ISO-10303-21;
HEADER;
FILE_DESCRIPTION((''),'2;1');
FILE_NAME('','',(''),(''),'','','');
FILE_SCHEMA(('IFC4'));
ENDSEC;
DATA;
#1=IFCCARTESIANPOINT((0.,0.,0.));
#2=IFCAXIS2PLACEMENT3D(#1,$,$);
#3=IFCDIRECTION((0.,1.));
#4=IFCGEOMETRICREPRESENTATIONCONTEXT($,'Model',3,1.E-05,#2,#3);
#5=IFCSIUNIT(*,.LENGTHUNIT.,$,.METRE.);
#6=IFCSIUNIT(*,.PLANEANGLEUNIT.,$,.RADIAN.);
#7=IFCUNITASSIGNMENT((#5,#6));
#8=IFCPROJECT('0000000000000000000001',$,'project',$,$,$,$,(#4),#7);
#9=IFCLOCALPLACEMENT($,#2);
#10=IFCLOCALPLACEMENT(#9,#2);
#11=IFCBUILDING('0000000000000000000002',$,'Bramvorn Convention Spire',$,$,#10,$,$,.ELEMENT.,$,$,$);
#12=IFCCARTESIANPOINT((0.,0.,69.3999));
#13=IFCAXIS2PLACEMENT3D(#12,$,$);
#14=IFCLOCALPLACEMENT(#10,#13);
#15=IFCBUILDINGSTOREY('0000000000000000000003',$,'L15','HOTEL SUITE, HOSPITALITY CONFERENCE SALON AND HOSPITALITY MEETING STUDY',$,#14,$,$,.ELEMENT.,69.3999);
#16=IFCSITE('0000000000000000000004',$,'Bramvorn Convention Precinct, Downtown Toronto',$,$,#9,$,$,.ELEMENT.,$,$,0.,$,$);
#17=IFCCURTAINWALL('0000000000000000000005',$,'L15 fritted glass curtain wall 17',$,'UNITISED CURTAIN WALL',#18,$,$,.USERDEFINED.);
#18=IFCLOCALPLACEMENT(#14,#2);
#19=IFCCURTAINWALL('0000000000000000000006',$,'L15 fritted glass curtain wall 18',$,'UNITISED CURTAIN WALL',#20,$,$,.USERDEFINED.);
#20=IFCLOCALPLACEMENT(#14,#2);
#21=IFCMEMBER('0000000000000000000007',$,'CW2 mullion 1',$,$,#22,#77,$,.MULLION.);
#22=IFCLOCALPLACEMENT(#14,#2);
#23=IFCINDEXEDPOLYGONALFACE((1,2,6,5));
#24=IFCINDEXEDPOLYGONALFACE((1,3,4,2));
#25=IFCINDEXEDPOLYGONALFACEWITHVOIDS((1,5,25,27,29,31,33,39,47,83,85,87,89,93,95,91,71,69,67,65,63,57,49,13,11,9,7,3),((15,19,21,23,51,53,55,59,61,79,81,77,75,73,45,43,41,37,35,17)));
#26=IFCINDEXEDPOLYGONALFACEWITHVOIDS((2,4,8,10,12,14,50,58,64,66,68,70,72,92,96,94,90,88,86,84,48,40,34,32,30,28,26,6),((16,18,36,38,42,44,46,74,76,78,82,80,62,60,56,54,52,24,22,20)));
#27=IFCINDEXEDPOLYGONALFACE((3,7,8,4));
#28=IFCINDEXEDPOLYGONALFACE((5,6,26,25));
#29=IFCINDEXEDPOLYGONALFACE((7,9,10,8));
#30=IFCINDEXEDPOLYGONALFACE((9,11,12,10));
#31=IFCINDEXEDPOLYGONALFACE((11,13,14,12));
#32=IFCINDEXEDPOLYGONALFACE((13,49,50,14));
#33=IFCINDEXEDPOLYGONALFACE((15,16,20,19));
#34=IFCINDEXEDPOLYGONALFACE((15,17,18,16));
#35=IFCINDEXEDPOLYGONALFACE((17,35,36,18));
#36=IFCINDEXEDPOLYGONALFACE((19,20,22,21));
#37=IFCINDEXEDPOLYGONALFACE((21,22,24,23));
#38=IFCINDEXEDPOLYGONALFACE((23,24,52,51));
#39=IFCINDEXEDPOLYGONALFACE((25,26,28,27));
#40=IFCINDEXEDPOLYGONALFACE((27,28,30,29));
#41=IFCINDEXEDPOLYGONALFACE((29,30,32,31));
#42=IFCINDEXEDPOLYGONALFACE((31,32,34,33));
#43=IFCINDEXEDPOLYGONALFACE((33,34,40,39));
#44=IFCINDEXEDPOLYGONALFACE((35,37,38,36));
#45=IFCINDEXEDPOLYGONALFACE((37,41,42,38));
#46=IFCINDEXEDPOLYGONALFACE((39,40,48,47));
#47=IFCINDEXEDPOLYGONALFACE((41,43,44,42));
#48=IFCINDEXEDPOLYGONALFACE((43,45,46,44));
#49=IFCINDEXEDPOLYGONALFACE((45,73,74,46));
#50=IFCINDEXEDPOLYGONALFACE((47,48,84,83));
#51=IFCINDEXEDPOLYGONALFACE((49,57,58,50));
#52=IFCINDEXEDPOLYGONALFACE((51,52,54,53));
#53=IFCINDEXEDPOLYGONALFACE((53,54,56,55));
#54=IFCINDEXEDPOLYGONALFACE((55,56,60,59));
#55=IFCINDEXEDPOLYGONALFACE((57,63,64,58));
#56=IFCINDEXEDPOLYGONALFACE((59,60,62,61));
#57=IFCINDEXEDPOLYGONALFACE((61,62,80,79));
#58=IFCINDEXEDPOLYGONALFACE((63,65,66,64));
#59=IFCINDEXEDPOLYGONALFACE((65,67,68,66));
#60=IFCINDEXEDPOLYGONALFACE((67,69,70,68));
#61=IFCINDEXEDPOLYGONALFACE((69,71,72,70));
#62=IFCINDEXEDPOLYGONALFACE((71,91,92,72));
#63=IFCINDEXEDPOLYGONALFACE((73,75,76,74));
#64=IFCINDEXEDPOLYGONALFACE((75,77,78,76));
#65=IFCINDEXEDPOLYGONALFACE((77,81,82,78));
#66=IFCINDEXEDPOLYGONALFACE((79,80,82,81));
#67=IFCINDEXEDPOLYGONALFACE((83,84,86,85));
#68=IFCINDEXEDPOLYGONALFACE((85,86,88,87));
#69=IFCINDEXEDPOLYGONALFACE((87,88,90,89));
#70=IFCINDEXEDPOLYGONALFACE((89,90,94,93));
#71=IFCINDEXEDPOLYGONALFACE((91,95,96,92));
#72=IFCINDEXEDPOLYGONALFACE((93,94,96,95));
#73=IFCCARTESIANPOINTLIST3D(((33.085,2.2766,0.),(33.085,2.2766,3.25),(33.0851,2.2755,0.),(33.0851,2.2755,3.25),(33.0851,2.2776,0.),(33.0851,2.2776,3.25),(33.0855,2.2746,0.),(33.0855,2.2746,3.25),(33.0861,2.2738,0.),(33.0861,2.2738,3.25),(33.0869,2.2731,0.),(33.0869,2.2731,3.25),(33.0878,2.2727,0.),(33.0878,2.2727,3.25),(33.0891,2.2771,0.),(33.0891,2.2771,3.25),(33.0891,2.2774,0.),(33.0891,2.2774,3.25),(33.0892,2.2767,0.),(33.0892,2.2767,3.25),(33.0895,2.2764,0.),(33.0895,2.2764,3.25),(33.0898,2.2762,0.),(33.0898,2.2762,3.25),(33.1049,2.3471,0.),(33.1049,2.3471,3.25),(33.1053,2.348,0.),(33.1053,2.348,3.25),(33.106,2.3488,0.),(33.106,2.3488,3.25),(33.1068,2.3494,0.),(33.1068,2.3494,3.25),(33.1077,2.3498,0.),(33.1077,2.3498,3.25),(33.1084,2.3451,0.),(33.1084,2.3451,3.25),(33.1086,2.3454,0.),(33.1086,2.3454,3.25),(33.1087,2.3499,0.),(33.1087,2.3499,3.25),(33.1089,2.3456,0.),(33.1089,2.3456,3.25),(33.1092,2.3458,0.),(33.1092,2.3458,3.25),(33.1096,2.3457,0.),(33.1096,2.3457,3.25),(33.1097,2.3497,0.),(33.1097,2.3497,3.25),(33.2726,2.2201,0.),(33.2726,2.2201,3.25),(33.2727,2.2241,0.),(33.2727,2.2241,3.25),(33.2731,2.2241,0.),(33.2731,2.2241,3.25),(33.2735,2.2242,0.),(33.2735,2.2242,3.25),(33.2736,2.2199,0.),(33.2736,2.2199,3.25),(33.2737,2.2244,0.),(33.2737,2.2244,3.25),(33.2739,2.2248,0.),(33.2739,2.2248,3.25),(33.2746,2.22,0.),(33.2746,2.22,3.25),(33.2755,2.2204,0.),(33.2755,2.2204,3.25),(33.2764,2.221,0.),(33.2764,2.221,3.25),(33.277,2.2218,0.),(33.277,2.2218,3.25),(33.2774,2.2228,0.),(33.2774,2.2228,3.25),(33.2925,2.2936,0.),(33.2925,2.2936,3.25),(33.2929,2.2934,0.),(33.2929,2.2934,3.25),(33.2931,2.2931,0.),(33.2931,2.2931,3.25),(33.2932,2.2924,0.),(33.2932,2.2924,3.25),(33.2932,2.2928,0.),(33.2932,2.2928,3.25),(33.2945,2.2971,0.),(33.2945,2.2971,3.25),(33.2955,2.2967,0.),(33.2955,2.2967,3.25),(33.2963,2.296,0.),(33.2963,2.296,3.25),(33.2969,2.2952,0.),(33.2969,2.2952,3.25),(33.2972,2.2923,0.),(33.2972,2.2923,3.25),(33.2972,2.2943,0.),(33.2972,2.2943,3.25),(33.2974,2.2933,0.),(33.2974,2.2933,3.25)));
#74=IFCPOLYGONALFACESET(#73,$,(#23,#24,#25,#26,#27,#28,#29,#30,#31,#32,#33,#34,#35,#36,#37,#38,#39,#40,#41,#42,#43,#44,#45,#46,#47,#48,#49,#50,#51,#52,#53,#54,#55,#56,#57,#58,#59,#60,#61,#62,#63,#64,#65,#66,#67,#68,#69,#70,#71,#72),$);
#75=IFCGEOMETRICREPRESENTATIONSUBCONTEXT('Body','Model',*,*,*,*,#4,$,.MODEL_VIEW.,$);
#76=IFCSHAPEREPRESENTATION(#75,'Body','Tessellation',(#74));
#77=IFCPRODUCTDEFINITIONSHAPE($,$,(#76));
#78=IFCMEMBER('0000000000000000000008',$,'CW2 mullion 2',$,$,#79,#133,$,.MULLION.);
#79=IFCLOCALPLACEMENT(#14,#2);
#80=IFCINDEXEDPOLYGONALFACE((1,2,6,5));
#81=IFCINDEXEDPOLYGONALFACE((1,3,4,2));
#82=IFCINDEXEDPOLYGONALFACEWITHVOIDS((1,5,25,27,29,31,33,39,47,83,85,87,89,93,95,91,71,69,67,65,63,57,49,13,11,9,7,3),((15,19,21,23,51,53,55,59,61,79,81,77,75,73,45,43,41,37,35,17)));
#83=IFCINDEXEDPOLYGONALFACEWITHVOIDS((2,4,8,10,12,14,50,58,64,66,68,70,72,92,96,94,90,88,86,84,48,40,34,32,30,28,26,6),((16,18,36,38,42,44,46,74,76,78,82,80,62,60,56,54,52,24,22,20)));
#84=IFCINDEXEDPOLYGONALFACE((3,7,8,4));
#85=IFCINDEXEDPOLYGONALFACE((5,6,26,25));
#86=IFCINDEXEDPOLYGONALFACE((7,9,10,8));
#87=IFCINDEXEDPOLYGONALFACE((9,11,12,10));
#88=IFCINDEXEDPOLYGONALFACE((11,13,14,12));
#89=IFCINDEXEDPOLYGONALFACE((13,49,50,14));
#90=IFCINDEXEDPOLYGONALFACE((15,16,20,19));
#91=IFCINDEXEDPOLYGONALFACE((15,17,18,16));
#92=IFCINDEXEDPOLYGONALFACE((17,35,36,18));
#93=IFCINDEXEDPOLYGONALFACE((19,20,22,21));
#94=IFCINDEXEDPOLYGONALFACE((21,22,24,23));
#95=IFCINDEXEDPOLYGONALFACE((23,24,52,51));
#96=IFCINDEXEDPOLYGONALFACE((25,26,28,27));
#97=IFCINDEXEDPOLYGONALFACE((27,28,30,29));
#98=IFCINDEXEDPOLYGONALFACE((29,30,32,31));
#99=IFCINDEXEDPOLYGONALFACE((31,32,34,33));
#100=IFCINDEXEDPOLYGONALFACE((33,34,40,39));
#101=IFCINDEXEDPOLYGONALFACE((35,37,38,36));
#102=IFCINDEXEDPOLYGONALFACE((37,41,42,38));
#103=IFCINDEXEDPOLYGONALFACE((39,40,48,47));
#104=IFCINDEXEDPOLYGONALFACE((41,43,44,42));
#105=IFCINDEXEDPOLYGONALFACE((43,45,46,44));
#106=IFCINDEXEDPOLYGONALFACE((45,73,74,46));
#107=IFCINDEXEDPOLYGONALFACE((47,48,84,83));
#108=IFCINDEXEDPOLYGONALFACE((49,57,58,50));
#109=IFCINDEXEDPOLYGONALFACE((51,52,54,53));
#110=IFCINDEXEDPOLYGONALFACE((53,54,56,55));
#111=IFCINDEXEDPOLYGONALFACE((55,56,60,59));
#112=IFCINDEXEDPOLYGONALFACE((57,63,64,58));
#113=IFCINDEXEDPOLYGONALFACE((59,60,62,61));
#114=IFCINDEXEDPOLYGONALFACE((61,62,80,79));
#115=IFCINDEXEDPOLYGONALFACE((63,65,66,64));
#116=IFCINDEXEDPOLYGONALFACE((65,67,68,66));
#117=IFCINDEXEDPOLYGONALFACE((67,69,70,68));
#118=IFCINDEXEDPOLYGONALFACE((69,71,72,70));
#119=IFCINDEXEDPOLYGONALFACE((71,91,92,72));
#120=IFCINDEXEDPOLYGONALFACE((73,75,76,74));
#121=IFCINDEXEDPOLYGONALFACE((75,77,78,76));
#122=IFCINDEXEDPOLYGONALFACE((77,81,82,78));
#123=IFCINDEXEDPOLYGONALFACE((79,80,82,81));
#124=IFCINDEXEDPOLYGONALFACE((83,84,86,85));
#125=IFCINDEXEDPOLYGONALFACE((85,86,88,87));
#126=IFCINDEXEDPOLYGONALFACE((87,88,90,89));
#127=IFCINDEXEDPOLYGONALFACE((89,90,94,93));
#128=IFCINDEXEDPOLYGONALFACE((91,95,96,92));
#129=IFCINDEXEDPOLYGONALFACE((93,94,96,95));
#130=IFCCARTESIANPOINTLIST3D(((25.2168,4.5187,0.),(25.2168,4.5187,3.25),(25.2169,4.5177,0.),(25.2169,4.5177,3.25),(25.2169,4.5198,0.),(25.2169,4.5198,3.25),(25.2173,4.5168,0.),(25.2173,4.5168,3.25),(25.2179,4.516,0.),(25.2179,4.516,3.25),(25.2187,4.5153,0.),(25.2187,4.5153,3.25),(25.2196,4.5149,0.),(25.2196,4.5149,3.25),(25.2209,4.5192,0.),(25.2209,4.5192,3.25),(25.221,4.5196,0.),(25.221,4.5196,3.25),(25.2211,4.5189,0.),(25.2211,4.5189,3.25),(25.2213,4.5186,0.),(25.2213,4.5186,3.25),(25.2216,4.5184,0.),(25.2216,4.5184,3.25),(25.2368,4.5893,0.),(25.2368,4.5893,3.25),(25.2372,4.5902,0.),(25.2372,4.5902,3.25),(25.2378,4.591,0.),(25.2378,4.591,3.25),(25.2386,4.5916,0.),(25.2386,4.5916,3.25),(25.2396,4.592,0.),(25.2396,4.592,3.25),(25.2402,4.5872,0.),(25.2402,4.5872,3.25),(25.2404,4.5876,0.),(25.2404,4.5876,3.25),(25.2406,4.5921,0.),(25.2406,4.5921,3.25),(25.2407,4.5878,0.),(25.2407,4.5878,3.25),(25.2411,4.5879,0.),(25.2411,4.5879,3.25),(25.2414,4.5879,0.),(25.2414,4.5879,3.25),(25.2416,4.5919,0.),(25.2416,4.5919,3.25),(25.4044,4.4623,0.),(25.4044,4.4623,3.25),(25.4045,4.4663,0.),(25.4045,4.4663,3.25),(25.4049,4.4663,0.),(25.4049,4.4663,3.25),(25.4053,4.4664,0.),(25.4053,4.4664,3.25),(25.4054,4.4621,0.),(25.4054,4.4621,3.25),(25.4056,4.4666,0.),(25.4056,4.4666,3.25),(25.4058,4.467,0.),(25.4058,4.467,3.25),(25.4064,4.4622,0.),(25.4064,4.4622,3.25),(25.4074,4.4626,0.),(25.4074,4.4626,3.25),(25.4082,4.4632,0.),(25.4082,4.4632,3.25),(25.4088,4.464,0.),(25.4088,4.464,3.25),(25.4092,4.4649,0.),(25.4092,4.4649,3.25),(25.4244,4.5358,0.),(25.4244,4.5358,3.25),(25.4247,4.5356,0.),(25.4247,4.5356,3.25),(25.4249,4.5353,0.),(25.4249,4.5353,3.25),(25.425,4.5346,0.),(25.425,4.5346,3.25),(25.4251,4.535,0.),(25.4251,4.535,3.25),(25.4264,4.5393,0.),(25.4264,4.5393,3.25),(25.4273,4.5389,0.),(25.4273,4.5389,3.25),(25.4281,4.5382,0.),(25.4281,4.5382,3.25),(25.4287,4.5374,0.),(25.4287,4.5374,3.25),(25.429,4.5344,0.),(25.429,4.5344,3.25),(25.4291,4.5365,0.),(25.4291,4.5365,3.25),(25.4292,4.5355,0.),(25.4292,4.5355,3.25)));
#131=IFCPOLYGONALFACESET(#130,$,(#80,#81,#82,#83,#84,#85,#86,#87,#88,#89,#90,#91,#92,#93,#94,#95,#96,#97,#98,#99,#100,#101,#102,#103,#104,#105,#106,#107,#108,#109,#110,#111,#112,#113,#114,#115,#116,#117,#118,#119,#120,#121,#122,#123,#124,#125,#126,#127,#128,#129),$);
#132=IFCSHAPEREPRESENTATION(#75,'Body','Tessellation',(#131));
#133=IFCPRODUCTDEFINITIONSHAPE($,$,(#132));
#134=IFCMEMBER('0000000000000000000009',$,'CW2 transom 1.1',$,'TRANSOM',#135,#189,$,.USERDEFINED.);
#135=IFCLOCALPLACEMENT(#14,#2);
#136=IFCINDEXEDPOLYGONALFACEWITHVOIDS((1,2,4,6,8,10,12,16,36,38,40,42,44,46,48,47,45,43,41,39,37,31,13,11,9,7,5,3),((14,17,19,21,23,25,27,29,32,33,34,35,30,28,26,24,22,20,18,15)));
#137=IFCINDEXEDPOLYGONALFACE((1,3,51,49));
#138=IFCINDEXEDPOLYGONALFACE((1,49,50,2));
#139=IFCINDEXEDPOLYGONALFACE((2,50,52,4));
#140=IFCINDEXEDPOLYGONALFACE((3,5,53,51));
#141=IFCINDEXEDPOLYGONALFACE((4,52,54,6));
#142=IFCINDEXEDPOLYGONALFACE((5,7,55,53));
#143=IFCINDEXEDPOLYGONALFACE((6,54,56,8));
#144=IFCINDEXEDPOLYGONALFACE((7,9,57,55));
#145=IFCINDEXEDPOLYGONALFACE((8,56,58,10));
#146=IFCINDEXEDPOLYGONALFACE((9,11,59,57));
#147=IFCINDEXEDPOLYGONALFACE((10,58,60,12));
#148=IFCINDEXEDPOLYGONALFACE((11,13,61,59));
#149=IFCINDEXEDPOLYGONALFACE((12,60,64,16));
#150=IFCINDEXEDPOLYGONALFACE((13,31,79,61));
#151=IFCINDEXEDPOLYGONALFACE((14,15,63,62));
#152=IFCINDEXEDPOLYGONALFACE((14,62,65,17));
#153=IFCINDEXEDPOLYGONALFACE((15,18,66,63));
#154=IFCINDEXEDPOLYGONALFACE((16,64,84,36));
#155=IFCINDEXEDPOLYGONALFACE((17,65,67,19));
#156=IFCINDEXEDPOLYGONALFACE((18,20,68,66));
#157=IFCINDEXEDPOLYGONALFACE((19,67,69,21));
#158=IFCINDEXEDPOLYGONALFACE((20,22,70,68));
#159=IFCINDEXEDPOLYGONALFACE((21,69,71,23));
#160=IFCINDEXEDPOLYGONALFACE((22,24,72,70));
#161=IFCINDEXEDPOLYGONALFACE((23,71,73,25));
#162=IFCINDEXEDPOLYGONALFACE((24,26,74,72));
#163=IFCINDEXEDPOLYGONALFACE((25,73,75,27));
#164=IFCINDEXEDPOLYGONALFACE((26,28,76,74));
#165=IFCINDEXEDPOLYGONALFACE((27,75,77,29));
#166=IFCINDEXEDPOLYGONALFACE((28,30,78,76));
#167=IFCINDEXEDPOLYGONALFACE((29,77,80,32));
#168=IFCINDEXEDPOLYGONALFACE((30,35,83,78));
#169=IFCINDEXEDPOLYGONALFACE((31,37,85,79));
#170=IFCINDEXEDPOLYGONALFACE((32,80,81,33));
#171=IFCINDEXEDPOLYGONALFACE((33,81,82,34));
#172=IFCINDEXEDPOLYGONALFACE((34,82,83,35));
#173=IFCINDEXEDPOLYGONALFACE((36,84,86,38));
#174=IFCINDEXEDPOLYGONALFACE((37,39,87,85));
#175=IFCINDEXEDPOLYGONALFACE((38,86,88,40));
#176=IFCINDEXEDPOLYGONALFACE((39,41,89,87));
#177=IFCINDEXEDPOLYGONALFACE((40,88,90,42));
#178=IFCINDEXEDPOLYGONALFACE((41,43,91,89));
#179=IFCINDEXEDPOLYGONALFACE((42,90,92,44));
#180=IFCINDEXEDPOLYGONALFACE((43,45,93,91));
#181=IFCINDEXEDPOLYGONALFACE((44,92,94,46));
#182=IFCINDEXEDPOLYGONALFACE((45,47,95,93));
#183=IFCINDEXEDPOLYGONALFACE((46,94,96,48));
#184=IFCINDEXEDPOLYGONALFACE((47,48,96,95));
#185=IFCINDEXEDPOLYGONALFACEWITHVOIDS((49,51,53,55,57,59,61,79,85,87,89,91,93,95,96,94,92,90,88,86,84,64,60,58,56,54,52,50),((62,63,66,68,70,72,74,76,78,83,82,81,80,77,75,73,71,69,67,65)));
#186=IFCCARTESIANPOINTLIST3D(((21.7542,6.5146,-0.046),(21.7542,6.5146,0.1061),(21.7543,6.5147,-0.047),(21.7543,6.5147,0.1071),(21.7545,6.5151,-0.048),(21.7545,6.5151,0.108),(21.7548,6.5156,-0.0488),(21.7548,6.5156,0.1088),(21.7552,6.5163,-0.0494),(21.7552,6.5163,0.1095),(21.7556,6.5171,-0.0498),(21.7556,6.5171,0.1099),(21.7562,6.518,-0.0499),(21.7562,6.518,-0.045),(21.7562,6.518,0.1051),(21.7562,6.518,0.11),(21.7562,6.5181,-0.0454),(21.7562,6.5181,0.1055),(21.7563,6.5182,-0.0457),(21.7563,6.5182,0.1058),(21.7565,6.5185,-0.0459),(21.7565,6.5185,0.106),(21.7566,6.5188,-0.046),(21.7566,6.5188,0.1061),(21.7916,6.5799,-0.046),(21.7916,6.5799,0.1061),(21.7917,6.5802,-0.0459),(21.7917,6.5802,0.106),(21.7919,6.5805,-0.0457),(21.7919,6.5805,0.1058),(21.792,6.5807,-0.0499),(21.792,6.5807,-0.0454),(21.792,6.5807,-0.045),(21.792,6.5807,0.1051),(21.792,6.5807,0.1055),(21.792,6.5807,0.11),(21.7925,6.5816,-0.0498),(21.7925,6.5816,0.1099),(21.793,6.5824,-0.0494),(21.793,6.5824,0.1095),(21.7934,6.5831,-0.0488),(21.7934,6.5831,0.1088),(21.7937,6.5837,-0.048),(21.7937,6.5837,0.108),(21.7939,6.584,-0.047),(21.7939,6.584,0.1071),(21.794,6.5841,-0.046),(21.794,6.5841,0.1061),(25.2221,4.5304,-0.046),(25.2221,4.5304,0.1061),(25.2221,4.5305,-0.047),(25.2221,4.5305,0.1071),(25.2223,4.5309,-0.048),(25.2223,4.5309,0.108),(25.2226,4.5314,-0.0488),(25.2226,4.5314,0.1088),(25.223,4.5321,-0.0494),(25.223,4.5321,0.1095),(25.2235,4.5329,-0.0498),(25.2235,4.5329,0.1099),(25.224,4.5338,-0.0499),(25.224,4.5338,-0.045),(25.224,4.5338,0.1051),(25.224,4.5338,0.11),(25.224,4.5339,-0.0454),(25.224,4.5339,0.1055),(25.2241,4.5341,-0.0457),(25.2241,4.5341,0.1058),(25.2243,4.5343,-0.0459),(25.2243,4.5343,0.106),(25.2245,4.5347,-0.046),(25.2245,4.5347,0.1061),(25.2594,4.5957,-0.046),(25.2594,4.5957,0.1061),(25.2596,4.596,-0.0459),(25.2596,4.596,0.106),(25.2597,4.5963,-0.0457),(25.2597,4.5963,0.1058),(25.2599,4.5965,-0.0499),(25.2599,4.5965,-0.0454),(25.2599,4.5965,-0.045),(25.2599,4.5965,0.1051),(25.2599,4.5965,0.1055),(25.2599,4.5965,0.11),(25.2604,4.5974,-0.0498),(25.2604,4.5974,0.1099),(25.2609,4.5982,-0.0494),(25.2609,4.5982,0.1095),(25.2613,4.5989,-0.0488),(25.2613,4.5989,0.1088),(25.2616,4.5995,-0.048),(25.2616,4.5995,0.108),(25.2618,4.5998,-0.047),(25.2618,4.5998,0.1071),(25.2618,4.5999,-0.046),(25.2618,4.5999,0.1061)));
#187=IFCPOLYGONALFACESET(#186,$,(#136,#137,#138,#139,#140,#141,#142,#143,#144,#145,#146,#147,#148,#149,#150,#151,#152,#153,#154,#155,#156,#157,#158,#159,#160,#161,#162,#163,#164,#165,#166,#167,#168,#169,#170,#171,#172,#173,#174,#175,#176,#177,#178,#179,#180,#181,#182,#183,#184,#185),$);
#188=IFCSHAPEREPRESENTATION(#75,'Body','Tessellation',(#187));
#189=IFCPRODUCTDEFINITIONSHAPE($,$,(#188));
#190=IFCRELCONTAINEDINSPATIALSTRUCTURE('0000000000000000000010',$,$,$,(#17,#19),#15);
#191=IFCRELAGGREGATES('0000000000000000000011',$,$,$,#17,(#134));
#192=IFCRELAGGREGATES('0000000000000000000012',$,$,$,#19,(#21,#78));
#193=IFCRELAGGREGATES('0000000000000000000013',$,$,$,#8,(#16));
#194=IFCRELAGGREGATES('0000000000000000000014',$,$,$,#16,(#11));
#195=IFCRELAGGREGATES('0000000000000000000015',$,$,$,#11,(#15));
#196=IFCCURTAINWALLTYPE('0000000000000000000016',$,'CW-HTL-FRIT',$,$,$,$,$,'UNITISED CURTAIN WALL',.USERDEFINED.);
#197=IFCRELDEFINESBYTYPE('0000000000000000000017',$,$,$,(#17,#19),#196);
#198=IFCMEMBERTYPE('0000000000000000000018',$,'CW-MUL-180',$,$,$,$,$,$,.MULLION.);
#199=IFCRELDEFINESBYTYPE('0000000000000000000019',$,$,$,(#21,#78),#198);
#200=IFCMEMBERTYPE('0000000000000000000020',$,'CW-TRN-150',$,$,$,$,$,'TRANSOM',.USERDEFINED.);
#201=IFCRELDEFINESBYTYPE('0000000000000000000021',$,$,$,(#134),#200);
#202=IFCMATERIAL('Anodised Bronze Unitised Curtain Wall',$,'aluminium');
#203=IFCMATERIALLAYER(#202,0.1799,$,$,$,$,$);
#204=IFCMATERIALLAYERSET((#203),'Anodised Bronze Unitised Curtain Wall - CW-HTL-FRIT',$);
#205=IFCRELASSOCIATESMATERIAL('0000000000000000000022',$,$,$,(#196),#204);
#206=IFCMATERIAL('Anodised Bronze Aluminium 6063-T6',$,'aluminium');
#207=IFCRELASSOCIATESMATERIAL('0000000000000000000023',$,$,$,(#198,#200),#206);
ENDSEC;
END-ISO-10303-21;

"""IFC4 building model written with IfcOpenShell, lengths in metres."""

from ifc_helpers import new_model, si_unit, direction, frame, origin, origin_2d, place, context, subcontext, project, spatial, hollow_rectangle, extrude, material, layer, layer_set, material_profile, profile_set, type_object, element, aggregate, save


model = new_model("IFC4")

# Units and contexts
model_context = context("Model", 3, precision=1e-05, world=origin(), true_north=direction((0.0, 1.0)))
body_context = subcontext(model_context, "Body", "Model", "MODEL_VIEW")
ifc_project = project(units=[si_unit("LENGTHUNIT", "METRE"), si_unit("PLANEANGLEUNIT", "RADIAN")], contexts=[model_context])

# Site, building, storey
site_placement = place(None, origin())
site = spatial("IfcSite", under=ifc_project, at=site_placement, Name="Bramvorn Convention Precinct, Downtown Toronto", CompositionType="ELEMENT", RefElevation=0.0)
building_placement = place(site_placement, origin())
building = spatial("IfcBuilding", under=site, at=building_placement, Name="Bramvorn Convention Spire", CompositionType="ELEMENT")
storey_placement = place(building_placement, frame((0.0, 0.0, 69.3999)))
storey = spatial("IfcBuildingStorey", under=building, at=storey_placement, Name="L15", Description="HOTEL SUITE, HOSPITALITY CONFERENCE SALON AND HOSPITALITY MEETING STUDY", CompositionType="ELEMENT", Elevation=69.3999)

# Curtain wall
ifc_material_1 = material(Name="Anodised Bronze Unitised Curtain Wall", Category="aluminium")
ifc_layer_1 = layer(ifc_material_1, 0.1799)
ifc_layer_set_1 = layer_set([ifc_layer_1], Name="Anodised Bronze Unitised Curtain Wall - CW-HTL-FRIT")
curtain_wall_type = type_object("IfcCurtainWallType", Name="CW-HTL-FRIT", ElementType="UNITISED CURTAIN WALL", PredefinedType="USERDEFINED", material=ifc_layer_set_1)
curtain_wall_1_placement = place(storey_placement, origin())
curtain_wall_1 = element("IfcCurtainWall", 1, at=curtain_wall_1_placement, inside=storey, type_object=curtain_wall_type, Name="L15 fritted glass curtain wall 17", ObjectType="UNITISED CURTAIN WALL", PredefinedType="USERDEFINED")
ifc_material_2 = material(Name="Anodised Bronze Aluminium 6063-T6", Category="aluminium")
ifc_material_profile_1 = material_profile(ifc_material_2, hollow_rectangle(XDim=0.0801, YDim=0.2, WallThickness=0.0039, InnerFilletRadius=0.001, OuterFilletRadius=0.0039, at=origin_2d()))
ifc_profile_set_1 = profile_set([ifc_material_profile_1], Name="Anodised Bronze Aluminium 6063-T6 - CWM80X200")
member_type_1 = type_object("IfcMemberType", Name="CW-MUL-180", PredefinedType="MULLION", material=ifc_profile_set_1)

# Curtain wall, members
curtain_wall_2_placement = place(storey_placement, origin())
curtain_wall_2 = element("IfcCurtainWall", 2, at=curtain_wall_2_placement, inside=storey, type_object=curtain_wall_type, Name="L15 fritted glass curtain wall 18", ObjectType="UNITISED CURTAIN WALL", PredefinedType="USERDEFINED")
member_1_placement = place(storey_placement, frame((33.1912, 2.2849, 0.0), z_axis=(0.0, 0.0, 1.0), x_axis=(-0.27408, -0.961707, 0.0)))
member_1 = element("IfcMember", 3, at=member_1_placement, type_object=member_type_1, Name="CW2 mullion 1", PredefinedType="MULLION", context=body_context, shape_type="SweptSolid", body=[
    extrude(hollow_rectangle(XDim=0.0801, YDim=0.2, WallThickness=0.0039, InnerFilletRadius=0.001, OuterFilletRadius=0.0039, at=origin_2d()), origin(), (0.0, 0.0, 1.0), 3.25),
])
member_2_placement = place(storey_placement, frame((25.323, 4.5271, 0.0), z_axis=(0.0, 0.0, 1.0), x_axis=(-0.27408, -0.961707, 0.0)))
member_2 = element("IfcMember", 4, at=member_2_placement, type_object=member_type_1, Name="CW2 mullion 2", PredefinedType="MULLION", context=body_context, shape_type="SweptSolid", body=[
    extrude(hollow_rectangle(XDim=0.0801, YDim=0.2, WallThickness=0.0039, InnerFilletRadius=0.001, OuterFilletRadius=0.0039, at=origin_2d()), origin(), (0.0, 0.0, 1.0), 3.25),
])

# Member
ifc_material_profile_2 = material_profile(ifc_material_2, hollow_rectangle(XDim=0.0801, YDim=0.1599, WallThickness=0.0039, InnerFilletRadius=0.001, OuterFilletRadius=0.0039, at=origin_2d()))
ifc_profile_set_2 = profile_set([ifc_material_profile_2], Name="Anodised Bronze Aluminium 6063-T6 - CWT80X160")
member_type_2 = type_object("IfcMemberType", Name="CW-TRN-150", ElementType="TRANSOM", PredefinedType="USERDEFINED", material=ifc_profile_set_2)
member_3_placement = place(storey_placement, frame((25.2419, 4.5652, 0.03), z_axis=(-0.867968, 0.496619, 0.0), x_axis=(-0.496619, -0.867968, 0.0)))
member_3 = element("IfcMember", 5, at=member_3_placement, type_object=member_type_2, Name="CW2 transom 1.1", ObjectType="TRANSOM", PredefinedType="USERDEFINED", context=body_context, shape_type="SweptSolid", body=[
    extrude(hollow_rectangle(XDim=0.0801, YDim=0.1599, WallThickness=0.0039, InnerFilletRadius=0.001, OuterFilletRadius=0.0039, at=origin_2d()), origin(), (0.0, 0.0, 1.0), 3.9954),
])
aggregate(curtain_wall_1, [member_3])

aggregate(curtain_wall_2, [member_1, member_2])

save(model, "model.ifc")
